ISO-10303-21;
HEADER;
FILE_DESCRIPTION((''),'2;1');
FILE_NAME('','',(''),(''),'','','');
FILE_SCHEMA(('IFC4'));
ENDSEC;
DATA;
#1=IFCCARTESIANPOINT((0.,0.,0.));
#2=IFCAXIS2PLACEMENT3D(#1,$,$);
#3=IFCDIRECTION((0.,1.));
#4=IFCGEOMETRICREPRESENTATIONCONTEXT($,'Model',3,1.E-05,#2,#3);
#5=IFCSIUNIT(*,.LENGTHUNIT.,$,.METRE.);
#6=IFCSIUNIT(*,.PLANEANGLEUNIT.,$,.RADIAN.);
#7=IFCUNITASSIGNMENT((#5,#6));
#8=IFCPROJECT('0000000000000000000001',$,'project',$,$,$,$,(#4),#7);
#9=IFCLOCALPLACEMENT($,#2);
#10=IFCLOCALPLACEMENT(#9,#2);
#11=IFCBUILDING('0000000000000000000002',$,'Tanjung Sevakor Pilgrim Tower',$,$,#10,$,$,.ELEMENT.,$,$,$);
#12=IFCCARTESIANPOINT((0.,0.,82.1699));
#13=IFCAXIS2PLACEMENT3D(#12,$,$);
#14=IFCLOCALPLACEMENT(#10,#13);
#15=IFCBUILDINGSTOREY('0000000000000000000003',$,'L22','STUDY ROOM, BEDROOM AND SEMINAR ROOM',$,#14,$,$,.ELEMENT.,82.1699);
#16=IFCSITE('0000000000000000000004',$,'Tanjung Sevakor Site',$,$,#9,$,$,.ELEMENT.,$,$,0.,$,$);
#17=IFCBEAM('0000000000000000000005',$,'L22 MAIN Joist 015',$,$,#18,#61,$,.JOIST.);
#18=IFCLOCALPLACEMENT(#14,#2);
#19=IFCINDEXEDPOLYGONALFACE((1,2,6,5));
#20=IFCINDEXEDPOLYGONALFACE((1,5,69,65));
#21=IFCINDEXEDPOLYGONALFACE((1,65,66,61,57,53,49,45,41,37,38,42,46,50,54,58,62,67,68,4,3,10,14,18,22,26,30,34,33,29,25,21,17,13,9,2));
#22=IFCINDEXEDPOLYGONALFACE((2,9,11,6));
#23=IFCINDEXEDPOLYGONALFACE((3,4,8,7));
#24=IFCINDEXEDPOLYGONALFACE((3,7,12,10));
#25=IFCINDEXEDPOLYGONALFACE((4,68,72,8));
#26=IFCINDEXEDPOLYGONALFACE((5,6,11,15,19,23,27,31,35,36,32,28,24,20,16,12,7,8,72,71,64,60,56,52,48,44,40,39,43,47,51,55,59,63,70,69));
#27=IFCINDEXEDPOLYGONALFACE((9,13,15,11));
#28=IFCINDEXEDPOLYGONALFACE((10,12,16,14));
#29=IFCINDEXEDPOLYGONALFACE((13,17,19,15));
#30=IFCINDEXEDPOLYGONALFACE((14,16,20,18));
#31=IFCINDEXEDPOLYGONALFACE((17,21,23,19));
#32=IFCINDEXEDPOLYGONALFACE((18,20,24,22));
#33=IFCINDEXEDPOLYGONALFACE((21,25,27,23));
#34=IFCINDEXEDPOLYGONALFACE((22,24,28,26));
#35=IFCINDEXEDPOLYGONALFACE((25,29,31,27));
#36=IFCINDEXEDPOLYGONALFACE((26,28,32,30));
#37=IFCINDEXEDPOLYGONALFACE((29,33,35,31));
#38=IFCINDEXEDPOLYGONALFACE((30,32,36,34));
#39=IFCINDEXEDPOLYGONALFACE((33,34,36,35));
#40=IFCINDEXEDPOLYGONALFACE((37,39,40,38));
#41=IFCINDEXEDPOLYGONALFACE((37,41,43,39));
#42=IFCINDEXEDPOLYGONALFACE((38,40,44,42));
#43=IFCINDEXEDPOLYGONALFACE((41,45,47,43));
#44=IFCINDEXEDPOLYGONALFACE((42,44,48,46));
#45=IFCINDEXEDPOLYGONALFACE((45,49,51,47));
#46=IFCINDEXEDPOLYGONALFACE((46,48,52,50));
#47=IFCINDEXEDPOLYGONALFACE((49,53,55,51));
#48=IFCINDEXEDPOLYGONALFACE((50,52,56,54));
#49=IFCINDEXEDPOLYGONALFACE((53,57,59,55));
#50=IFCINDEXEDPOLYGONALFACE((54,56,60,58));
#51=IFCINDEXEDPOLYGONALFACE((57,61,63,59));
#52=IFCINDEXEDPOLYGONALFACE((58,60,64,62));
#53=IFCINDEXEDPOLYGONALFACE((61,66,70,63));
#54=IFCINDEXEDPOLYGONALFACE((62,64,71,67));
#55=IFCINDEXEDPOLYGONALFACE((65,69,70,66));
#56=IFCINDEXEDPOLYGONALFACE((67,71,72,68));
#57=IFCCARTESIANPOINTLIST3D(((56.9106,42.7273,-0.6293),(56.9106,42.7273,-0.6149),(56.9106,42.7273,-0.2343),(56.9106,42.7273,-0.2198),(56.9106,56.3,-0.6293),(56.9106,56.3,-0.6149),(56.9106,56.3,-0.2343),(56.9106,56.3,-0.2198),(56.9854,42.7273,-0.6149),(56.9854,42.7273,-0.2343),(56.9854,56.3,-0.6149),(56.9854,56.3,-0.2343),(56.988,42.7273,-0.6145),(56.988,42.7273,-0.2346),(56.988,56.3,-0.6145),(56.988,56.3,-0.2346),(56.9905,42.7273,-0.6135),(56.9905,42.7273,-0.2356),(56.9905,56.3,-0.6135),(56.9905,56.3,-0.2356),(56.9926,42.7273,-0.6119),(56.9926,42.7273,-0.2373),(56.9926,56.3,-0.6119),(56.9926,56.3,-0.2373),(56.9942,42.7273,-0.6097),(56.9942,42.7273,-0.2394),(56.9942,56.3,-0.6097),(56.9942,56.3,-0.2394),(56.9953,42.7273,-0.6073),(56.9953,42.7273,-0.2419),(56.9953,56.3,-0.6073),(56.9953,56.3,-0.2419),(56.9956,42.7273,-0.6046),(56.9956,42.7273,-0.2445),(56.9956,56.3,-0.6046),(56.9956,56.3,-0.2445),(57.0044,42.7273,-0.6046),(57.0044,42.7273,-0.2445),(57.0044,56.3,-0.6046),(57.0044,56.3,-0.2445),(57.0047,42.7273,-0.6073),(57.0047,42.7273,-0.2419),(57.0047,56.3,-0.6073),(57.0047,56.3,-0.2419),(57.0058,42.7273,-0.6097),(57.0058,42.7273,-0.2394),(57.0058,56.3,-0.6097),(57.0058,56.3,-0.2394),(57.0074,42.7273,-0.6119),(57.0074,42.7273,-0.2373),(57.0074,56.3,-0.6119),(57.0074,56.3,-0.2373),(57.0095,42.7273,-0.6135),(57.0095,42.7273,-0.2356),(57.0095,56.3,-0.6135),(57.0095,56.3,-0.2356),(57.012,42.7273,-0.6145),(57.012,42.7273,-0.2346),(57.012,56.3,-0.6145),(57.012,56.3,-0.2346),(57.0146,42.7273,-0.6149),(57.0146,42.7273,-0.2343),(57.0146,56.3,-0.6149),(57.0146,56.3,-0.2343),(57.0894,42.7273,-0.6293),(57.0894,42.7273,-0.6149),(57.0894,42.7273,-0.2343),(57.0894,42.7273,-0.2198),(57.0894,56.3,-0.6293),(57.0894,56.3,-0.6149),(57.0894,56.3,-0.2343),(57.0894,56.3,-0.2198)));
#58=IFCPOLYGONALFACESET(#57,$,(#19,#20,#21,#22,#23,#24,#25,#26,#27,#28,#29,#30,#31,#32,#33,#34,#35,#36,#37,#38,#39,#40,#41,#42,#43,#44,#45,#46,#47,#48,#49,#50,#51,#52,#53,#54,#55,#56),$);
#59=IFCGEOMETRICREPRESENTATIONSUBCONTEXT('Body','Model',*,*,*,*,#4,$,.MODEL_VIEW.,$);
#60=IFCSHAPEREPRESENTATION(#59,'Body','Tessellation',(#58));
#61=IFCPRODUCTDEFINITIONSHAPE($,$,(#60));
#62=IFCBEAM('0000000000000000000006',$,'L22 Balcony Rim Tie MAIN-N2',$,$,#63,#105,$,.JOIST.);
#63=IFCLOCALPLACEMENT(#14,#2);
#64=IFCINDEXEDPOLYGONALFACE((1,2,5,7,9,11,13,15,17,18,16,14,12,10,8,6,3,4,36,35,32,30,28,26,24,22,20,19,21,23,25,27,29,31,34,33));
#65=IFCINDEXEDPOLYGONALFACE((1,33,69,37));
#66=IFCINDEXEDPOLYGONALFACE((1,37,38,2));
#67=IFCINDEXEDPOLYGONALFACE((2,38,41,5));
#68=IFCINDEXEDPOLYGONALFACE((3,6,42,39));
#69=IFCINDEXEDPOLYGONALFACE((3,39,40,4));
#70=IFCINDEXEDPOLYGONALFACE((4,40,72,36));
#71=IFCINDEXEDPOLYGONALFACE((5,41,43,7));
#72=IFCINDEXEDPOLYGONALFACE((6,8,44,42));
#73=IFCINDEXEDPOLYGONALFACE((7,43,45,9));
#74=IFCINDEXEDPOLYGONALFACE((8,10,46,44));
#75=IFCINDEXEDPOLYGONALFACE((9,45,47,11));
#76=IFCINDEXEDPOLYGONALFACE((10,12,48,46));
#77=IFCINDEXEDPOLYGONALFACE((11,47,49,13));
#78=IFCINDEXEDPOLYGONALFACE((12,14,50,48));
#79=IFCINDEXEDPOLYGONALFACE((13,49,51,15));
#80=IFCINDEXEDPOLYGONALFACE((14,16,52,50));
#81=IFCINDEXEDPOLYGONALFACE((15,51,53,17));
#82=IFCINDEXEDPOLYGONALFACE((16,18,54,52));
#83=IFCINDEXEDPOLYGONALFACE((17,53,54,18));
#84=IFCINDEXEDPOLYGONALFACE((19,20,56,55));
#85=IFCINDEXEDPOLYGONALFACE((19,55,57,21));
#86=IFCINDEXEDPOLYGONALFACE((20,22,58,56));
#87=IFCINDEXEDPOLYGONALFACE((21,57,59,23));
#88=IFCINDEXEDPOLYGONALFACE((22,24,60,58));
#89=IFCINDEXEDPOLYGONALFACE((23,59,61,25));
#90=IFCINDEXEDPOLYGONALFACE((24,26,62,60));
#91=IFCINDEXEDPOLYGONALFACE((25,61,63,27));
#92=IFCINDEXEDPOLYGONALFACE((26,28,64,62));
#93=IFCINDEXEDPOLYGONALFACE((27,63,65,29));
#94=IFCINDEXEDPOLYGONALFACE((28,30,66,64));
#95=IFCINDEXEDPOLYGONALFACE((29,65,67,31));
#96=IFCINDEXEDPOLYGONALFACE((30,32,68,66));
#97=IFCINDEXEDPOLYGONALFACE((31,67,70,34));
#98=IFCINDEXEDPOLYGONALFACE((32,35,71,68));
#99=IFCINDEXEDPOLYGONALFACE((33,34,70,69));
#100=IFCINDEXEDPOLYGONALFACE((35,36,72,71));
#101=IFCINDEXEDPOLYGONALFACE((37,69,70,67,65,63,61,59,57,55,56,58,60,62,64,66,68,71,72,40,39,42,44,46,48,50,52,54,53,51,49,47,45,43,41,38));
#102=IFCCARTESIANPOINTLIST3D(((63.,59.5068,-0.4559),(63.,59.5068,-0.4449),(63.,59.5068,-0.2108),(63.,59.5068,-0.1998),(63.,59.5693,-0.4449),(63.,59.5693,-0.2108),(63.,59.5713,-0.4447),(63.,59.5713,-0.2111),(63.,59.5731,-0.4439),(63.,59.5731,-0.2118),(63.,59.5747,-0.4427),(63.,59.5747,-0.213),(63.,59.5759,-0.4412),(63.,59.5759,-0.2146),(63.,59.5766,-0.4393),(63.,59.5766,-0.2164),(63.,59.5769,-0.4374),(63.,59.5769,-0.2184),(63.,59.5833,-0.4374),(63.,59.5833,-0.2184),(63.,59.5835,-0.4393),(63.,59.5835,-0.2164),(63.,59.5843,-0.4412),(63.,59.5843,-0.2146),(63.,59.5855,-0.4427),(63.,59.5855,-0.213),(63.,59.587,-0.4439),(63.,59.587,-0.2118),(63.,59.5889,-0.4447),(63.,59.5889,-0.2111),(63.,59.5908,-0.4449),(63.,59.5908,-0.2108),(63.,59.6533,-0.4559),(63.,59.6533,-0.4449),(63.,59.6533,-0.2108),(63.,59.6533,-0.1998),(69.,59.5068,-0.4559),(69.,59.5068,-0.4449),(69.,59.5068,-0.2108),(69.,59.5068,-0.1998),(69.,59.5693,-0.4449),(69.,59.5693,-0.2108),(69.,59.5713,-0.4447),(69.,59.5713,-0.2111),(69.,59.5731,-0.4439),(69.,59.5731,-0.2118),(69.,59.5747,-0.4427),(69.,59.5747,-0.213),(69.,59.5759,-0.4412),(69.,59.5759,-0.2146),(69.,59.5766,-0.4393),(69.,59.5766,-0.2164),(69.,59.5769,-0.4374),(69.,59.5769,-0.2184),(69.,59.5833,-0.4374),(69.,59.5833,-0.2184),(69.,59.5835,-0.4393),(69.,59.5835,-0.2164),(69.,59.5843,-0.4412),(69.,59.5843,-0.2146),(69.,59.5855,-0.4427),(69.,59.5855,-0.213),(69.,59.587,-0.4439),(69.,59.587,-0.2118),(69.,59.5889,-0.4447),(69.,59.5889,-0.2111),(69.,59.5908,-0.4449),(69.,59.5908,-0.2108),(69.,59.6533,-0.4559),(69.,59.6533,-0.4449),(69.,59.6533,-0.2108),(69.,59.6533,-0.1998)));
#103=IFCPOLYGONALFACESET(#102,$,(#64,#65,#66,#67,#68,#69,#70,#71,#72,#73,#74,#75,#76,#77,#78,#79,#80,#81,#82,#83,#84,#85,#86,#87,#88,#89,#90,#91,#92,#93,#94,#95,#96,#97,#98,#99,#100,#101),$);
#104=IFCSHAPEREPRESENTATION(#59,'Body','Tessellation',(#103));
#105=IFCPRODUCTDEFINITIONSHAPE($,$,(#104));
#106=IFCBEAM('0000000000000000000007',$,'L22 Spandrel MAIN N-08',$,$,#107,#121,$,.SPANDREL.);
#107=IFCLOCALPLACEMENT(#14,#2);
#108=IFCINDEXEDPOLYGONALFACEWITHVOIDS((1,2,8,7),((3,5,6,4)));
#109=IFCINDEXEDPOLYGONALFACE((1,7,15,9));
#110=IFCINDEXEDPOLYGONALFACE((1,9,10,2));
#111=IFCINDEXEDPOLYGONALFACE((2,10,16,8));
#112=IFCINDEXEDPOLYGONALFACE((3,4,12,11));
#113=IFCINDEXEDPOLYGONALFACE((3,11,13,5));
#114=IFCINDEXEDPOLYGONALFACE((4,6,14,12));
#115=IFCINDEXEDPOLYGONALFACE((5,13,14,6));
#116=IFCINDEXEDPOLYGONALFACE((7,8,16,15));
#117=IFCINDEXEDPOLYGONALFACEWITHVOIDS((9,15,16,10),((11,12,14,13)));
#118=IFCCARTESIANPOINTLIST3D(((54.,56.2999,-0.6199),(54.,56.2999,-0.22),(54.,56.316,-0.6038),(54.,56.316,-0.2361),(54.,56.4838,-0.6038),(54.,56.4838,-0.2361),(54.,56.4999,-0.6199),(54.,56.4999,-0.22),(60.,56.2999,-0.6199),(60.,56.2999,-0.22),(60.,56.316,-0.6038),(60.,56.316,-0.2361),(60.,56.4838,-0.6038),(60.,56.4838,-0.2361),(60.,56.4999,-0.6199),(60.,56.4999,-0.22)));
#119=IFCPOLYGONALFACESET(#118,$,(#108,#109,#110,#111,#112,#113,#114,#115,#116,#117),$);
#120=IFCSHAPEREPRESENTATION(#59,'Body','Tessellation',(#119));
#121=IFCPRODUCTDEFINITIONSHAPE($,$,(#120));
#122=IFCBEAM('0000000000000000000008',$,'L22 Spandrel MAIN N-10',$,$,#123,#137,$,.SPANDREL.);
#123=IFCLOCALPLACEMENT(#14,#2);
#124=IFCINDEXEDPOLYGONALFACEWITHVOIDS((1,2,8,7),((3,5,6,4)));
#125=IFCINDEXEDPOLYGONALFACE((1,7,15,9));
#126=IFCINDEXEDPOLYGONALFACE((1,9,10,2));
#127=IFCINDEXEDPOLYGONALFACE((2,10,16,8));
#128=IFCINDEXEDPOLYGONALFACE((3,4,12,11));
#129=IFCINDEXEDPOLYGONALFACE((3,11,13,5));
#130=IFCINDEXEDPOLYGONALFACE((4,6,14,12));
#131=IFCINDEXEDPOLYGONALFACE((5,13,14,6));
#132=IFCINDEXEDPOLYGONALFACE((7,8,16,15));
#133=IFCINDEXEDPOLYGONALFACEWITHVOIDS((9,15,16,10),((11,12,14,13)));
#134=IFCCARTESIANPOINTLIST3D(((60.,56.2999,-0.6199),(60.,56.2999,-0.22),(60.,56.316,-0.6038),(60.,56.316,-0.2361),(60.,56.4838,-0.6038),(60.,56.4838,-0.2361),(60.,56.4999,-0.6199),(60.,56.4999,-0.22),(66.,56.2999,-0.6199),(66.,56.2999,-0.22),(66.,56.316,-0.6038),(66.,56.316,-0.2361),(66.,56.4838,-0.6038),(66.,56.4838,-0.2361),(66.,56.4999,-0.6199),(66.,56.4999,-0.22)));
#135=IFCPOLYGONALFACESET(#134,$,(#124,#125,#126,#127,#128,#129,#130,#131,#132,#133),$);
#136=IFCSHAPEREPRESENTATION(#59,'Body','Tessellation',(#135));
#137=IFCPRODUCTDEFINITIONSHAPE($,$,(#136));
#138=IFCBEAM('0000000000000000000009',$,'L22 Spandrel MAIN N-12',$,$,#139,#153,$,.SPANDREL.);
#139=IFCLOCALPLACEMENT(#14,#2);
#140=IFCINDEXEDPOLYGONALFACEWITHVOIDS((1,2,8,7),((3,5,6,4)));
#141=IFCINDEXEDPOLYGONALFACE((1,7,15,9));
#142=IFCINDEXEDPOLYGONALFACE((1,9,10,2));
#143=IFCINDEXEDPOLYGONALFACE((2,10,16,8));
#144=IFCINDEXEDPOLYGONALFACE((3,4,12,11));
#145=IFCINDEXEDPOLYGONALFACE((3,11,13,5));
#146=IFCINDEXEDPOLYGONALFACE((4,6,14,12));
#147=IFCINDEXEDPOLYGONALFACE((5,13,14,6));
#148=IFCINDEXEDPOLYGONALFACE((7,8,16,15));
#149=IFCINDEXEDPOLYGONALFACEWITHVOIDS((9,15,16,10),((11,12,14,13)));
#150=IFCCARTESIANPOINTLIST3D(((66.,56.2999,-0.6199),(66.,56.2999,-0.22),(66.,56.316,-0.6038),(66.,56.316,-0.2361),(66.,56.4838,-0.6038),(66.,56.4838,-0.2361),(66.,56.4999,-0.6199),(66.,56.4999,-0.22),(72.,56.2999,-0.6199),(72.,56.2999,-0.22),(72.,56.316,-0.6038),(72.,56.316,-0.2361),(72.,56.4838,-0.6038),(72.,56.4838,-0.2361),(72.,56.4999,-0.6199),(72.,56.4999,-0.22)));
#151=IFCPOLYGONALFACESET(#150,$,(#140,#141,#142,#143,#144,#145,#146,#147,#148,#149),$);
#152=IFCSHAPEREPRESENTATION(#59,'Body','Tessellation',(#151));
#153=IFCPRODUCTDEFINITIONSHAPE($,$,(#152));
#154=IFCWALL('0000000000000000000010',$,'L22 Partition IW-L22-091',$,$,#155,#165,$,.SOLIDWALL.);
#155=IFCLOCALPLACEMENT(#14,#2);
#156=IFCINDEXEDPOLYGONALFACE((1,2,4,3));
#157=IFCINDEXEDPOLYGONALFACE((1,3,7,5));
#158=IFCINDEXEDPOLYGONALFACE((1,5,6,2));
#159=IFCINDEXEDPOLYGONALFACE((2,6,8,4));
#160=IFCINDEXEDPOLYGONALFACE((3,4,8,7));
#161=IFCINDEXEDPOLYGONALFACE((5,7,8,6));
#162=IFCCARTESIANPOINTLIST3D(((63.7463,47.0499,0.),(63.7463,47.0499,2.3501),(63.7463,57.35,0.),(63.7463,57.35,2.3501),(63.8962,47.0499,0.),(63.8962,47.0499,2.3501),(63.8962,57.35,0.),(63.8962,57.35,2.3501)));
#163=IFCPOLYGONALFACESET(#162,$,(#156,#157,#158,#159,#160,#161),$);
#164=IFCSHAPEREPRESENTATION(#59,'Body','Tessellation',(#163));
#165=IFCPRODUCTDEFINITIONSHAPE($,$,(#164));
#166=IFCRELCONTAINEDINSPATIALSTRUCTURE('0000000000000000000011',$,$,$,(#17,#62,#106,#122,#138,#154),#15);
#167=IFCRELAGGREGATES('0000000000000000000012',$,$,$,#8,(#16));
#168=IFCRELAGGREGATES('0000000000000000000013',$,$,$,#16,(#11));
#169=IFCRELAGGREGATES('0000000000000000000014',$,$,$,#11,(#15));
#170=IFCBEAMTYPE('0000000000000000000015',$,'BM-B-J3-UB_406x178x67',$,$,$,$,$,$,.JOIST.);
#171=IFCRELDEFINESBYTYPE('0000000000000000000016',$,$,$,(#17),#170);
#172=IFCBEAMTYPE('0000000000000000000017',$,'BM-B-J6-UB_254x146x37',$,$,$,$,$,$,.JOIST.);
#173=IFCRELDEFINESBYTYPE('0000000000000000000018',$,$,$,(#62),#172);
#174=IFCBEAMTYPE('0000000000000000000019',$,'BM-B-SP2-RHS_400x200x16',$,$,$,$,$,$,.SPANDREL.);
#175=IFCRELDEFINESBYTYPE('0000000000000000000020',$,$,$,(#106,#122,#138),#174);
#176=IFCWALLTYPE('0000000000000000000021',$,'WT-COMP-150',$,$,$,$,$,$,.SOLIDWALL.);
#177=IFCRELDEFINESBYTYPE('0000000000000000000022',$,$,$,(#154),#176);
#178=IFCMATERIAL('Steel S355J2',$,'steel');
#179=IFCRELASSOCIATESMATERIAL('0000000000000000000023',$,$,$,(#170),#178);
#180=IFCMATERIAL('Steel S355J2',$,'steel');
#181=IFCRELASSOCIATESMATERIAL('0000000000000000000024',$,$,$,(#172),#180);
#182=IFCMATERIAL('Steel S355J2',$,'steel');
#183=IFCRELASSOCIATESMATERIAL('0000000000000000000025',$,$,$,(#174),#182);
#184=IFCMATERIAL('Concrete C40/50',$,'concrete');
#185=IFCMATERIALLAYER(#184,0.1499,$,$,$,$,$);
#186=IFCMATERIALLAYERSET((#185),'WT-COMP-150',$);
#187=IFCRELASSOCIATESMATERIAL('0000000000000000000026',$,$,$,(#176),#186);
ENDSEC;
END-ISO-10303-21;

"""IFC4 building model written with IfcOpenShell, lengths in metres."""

from ifc_helpers import new_model, si_unit, direction, frame, frame_2d, origin, origin_2d, place, context, subcontext, project, spatial, rectangle, hollow_rectangle, i_section, extrude, material, layer, layer_set, material_profile, profile_set, type_object, element, save


model = new_model("IFC4")

# Units and contexts
model_context = context("Model", 3, precision=1e-05, world=origin(), true_north=direction((0.0, 1.0)))
body_context = subcontext(model_context, "Body", "Model", "MODEL_VIEW")
ifc_project = project(units=[si_unit("LENGTHUNIT", "METRE"), si_unit("PLANEANGLEUNIT", "RADIAN")], contexts=[model_context])

# Site, building, storey
site_placement = place(None, origin())
site = spatial("IfcSite", under=ifc_project, at=site_placement, Name="Tanjung Sevakor Site", CompositionType="ELEMENT", RefElevation=0.0)
building_placement = place(site_placement, origin())
building = spatial("IfcBuilding", under=site, at=building_placement, Name="Tanjung Sevakor Pilgrim Tower", CompositionType="ELEMENT")
storey_placement = place(building_placement, frame((0.0, 0.0, 82.1699)))
storey = spatial("IfcBuildingStorey", under=building, at=storey_placement, Name="L22", Description="STUDY ROOM, BEDROOM AND SEMINAR ROOM", CompositionType="ELEMENT", Elevation=82.1699)

# Beams
ifc_material_1 = material(Name="Steel S355J2", Category="steel")
ifc_material_profile_1 = material_profile(ifc_material_1, i_section(OverallWidth=0.1787, OverallDepth=0.4094, WebThickness=0.0088, FlangeThickness=0.0144, FilletRadius=0.0103, at=origin_2d()))
ifc_profile_set_1 = profile_set([ifc_material_profile_1], Name="Steel S355J2")
beam_type_1 = type_object("IfcBeamType", Name="BM-B-J3-UB_406x178x67", PredefinedType="JOIST", material=ifc_profile_set_1)
beam_1_placement = place(storey_placement, frame((57.0, 42.7273, -0.4246), z_axis=(0.0, 1.0, 0.0), x_axis=(-1.0, 0.0, 0.0)))
element("IfcBeam", 1, at=beam_1_placement, inside=storey, type_object=beam_type_1, Name="L22 MAIN Joist 015", PredefinedType="JOIST", context=body_context, shape_type="SweptSolid", body=[
    extrude(i_section(OverallWidth=0.1787, OverallDepth=0.4094, WebThickness=0.0088, FlangeThickness=0.0144, FilletRadius=0.0103, at=origin_2d()), origin(), (0.0, 0.0, 1.0), 13.5728),
])
ifc_material_2 = material(Name="Steel S355J2", Category="steel")
ifc_material_profile_2 = material_profile(ifc_material_2, i_section(OverallWidth=0.1465, OverallDepth=0.2561, WebThickness=0.0063, FlangeThickness=0.011, FilletRadius=0.0076, at=origin_2d()))
ifc_profile_set_2 = profile_set([ifc_material_profile_2], Name="Steel S355J2")
beam_type_2 = type_object("IfcBeamType", Name="BM-B-J6-UB_254x146x37", PredefinedType="JOIST", material=ifc_profile_set_2)
beam_2_placement = place(storey_placement, frame((63.0, 59.5801, -0.3279), z_axis=(1.0, 0.0, 0.0), x_axis=(0.0, 1.0, 0.0)))
element("IfcBeam", 2, at=beam_2_placement, inside=storey, type_object=beam_type_2, Name="L22 Balcony Rim Tie MAIN-N2", PredefinedType="JOIST", context=body_context, shape_type="SweptSolid", body=[
    extrude(i_section(OverallWidth=0.1465, OverallDepth=0.2561, WebThickness=0.0063, FlangeThickness=0.011, FilletRadius=0.0076, at=origin_2d()), origin(), (0.0, 0.0, 1.0), 6.0),
])
ifc_material_3 = material(Name="Steel S355J2", Category="steel")
ifc_material_profile_3 = material_profile(ifc_material_3, hollow_rectangle(XDim=0.2, YDim=0.3999, WallThickness=0.0161, at=origin_2d()))
ifc_profile_set_3 = profile_set([ifc_material_profile_3], Name="Steel S355J2")
beam_type_3 = type_object("IfcBeamType", Name="BM-B-SP2-RHS_400x200x16", PredefinedType="SPANDREL", material=ifc_profile_set_3)
for number, where, z_axis, x_axis, name in (
    (3, (54.0, 56.3999, -0.4199), (1.0, 0.0, 0.0), (0.0, 1.0, 0.0), "L22 Spandrel MAIN N-08"),
    (4, (60.0, 56.3999, -0.4199), (1.0, 0.0, 0.0), (0.0, 1.0, 0.0), "L22 Spandrel MAIN N-10"),
    (5, (66.0, 56.3999, -0.4199), (1.0, 0.0, 0.0), (0.0, 1.0, 0.0), "L22 Spandrel MAIN N-12"),
):
    element("IfcBeam", number, at=place(storey_placement, frame(where, z_axis=z_axis, x_axis=x_axis)), inside=storey, type_object=beam_type_3, Name=name, PredefinedType="SPANDREL", context=body_context, shape_type="SweptSolid", body=[
        extrude(hollow_rectangle(XDim=0.2, YDim=0.3999, WallThickness=0.0161, at=origin_2d()), origin(), (0.0, 0.0, 1.0), 6.0),
    ])

# Wall
ifc_material_4 = material(Name="Concrete C40/50", Category="concrete")
ifc_layer_1 = layer(ifc_material_4, 0.1499)
ifc_layer_set_1 = layer_set([ifc_layer_1], Name="WT-COMP-150")
wall_type_1 = type_object("IfcWallType", Name="WT-COMP-150", PredefinedType="SOLIDWALL", material=ifc_layer_set_1)
wall_1_placement = place(storey_placement, frame((63.8213, 47.05, 0.0), z_axis=(0.0, 0.0, 1.0), x_axis=(0.0, 1.0, 0.0)))
element("IfcWall", 6, at=wall_1_placement, inside=storey, type_object=wall_type_1, Name="L22 Partition IW-L22-091", PredefinedType="SOLIDWALL", context=body_context, shape_type="SweptSolid", body=[
    extrude(rectangle(XDim=10.3, YDim=0.1499, at=frame_2d((5.1499, 0.0))), origin(), (0.0, 0.0, 1.0), 2.3501),
])

save(model, "model.ifc")
